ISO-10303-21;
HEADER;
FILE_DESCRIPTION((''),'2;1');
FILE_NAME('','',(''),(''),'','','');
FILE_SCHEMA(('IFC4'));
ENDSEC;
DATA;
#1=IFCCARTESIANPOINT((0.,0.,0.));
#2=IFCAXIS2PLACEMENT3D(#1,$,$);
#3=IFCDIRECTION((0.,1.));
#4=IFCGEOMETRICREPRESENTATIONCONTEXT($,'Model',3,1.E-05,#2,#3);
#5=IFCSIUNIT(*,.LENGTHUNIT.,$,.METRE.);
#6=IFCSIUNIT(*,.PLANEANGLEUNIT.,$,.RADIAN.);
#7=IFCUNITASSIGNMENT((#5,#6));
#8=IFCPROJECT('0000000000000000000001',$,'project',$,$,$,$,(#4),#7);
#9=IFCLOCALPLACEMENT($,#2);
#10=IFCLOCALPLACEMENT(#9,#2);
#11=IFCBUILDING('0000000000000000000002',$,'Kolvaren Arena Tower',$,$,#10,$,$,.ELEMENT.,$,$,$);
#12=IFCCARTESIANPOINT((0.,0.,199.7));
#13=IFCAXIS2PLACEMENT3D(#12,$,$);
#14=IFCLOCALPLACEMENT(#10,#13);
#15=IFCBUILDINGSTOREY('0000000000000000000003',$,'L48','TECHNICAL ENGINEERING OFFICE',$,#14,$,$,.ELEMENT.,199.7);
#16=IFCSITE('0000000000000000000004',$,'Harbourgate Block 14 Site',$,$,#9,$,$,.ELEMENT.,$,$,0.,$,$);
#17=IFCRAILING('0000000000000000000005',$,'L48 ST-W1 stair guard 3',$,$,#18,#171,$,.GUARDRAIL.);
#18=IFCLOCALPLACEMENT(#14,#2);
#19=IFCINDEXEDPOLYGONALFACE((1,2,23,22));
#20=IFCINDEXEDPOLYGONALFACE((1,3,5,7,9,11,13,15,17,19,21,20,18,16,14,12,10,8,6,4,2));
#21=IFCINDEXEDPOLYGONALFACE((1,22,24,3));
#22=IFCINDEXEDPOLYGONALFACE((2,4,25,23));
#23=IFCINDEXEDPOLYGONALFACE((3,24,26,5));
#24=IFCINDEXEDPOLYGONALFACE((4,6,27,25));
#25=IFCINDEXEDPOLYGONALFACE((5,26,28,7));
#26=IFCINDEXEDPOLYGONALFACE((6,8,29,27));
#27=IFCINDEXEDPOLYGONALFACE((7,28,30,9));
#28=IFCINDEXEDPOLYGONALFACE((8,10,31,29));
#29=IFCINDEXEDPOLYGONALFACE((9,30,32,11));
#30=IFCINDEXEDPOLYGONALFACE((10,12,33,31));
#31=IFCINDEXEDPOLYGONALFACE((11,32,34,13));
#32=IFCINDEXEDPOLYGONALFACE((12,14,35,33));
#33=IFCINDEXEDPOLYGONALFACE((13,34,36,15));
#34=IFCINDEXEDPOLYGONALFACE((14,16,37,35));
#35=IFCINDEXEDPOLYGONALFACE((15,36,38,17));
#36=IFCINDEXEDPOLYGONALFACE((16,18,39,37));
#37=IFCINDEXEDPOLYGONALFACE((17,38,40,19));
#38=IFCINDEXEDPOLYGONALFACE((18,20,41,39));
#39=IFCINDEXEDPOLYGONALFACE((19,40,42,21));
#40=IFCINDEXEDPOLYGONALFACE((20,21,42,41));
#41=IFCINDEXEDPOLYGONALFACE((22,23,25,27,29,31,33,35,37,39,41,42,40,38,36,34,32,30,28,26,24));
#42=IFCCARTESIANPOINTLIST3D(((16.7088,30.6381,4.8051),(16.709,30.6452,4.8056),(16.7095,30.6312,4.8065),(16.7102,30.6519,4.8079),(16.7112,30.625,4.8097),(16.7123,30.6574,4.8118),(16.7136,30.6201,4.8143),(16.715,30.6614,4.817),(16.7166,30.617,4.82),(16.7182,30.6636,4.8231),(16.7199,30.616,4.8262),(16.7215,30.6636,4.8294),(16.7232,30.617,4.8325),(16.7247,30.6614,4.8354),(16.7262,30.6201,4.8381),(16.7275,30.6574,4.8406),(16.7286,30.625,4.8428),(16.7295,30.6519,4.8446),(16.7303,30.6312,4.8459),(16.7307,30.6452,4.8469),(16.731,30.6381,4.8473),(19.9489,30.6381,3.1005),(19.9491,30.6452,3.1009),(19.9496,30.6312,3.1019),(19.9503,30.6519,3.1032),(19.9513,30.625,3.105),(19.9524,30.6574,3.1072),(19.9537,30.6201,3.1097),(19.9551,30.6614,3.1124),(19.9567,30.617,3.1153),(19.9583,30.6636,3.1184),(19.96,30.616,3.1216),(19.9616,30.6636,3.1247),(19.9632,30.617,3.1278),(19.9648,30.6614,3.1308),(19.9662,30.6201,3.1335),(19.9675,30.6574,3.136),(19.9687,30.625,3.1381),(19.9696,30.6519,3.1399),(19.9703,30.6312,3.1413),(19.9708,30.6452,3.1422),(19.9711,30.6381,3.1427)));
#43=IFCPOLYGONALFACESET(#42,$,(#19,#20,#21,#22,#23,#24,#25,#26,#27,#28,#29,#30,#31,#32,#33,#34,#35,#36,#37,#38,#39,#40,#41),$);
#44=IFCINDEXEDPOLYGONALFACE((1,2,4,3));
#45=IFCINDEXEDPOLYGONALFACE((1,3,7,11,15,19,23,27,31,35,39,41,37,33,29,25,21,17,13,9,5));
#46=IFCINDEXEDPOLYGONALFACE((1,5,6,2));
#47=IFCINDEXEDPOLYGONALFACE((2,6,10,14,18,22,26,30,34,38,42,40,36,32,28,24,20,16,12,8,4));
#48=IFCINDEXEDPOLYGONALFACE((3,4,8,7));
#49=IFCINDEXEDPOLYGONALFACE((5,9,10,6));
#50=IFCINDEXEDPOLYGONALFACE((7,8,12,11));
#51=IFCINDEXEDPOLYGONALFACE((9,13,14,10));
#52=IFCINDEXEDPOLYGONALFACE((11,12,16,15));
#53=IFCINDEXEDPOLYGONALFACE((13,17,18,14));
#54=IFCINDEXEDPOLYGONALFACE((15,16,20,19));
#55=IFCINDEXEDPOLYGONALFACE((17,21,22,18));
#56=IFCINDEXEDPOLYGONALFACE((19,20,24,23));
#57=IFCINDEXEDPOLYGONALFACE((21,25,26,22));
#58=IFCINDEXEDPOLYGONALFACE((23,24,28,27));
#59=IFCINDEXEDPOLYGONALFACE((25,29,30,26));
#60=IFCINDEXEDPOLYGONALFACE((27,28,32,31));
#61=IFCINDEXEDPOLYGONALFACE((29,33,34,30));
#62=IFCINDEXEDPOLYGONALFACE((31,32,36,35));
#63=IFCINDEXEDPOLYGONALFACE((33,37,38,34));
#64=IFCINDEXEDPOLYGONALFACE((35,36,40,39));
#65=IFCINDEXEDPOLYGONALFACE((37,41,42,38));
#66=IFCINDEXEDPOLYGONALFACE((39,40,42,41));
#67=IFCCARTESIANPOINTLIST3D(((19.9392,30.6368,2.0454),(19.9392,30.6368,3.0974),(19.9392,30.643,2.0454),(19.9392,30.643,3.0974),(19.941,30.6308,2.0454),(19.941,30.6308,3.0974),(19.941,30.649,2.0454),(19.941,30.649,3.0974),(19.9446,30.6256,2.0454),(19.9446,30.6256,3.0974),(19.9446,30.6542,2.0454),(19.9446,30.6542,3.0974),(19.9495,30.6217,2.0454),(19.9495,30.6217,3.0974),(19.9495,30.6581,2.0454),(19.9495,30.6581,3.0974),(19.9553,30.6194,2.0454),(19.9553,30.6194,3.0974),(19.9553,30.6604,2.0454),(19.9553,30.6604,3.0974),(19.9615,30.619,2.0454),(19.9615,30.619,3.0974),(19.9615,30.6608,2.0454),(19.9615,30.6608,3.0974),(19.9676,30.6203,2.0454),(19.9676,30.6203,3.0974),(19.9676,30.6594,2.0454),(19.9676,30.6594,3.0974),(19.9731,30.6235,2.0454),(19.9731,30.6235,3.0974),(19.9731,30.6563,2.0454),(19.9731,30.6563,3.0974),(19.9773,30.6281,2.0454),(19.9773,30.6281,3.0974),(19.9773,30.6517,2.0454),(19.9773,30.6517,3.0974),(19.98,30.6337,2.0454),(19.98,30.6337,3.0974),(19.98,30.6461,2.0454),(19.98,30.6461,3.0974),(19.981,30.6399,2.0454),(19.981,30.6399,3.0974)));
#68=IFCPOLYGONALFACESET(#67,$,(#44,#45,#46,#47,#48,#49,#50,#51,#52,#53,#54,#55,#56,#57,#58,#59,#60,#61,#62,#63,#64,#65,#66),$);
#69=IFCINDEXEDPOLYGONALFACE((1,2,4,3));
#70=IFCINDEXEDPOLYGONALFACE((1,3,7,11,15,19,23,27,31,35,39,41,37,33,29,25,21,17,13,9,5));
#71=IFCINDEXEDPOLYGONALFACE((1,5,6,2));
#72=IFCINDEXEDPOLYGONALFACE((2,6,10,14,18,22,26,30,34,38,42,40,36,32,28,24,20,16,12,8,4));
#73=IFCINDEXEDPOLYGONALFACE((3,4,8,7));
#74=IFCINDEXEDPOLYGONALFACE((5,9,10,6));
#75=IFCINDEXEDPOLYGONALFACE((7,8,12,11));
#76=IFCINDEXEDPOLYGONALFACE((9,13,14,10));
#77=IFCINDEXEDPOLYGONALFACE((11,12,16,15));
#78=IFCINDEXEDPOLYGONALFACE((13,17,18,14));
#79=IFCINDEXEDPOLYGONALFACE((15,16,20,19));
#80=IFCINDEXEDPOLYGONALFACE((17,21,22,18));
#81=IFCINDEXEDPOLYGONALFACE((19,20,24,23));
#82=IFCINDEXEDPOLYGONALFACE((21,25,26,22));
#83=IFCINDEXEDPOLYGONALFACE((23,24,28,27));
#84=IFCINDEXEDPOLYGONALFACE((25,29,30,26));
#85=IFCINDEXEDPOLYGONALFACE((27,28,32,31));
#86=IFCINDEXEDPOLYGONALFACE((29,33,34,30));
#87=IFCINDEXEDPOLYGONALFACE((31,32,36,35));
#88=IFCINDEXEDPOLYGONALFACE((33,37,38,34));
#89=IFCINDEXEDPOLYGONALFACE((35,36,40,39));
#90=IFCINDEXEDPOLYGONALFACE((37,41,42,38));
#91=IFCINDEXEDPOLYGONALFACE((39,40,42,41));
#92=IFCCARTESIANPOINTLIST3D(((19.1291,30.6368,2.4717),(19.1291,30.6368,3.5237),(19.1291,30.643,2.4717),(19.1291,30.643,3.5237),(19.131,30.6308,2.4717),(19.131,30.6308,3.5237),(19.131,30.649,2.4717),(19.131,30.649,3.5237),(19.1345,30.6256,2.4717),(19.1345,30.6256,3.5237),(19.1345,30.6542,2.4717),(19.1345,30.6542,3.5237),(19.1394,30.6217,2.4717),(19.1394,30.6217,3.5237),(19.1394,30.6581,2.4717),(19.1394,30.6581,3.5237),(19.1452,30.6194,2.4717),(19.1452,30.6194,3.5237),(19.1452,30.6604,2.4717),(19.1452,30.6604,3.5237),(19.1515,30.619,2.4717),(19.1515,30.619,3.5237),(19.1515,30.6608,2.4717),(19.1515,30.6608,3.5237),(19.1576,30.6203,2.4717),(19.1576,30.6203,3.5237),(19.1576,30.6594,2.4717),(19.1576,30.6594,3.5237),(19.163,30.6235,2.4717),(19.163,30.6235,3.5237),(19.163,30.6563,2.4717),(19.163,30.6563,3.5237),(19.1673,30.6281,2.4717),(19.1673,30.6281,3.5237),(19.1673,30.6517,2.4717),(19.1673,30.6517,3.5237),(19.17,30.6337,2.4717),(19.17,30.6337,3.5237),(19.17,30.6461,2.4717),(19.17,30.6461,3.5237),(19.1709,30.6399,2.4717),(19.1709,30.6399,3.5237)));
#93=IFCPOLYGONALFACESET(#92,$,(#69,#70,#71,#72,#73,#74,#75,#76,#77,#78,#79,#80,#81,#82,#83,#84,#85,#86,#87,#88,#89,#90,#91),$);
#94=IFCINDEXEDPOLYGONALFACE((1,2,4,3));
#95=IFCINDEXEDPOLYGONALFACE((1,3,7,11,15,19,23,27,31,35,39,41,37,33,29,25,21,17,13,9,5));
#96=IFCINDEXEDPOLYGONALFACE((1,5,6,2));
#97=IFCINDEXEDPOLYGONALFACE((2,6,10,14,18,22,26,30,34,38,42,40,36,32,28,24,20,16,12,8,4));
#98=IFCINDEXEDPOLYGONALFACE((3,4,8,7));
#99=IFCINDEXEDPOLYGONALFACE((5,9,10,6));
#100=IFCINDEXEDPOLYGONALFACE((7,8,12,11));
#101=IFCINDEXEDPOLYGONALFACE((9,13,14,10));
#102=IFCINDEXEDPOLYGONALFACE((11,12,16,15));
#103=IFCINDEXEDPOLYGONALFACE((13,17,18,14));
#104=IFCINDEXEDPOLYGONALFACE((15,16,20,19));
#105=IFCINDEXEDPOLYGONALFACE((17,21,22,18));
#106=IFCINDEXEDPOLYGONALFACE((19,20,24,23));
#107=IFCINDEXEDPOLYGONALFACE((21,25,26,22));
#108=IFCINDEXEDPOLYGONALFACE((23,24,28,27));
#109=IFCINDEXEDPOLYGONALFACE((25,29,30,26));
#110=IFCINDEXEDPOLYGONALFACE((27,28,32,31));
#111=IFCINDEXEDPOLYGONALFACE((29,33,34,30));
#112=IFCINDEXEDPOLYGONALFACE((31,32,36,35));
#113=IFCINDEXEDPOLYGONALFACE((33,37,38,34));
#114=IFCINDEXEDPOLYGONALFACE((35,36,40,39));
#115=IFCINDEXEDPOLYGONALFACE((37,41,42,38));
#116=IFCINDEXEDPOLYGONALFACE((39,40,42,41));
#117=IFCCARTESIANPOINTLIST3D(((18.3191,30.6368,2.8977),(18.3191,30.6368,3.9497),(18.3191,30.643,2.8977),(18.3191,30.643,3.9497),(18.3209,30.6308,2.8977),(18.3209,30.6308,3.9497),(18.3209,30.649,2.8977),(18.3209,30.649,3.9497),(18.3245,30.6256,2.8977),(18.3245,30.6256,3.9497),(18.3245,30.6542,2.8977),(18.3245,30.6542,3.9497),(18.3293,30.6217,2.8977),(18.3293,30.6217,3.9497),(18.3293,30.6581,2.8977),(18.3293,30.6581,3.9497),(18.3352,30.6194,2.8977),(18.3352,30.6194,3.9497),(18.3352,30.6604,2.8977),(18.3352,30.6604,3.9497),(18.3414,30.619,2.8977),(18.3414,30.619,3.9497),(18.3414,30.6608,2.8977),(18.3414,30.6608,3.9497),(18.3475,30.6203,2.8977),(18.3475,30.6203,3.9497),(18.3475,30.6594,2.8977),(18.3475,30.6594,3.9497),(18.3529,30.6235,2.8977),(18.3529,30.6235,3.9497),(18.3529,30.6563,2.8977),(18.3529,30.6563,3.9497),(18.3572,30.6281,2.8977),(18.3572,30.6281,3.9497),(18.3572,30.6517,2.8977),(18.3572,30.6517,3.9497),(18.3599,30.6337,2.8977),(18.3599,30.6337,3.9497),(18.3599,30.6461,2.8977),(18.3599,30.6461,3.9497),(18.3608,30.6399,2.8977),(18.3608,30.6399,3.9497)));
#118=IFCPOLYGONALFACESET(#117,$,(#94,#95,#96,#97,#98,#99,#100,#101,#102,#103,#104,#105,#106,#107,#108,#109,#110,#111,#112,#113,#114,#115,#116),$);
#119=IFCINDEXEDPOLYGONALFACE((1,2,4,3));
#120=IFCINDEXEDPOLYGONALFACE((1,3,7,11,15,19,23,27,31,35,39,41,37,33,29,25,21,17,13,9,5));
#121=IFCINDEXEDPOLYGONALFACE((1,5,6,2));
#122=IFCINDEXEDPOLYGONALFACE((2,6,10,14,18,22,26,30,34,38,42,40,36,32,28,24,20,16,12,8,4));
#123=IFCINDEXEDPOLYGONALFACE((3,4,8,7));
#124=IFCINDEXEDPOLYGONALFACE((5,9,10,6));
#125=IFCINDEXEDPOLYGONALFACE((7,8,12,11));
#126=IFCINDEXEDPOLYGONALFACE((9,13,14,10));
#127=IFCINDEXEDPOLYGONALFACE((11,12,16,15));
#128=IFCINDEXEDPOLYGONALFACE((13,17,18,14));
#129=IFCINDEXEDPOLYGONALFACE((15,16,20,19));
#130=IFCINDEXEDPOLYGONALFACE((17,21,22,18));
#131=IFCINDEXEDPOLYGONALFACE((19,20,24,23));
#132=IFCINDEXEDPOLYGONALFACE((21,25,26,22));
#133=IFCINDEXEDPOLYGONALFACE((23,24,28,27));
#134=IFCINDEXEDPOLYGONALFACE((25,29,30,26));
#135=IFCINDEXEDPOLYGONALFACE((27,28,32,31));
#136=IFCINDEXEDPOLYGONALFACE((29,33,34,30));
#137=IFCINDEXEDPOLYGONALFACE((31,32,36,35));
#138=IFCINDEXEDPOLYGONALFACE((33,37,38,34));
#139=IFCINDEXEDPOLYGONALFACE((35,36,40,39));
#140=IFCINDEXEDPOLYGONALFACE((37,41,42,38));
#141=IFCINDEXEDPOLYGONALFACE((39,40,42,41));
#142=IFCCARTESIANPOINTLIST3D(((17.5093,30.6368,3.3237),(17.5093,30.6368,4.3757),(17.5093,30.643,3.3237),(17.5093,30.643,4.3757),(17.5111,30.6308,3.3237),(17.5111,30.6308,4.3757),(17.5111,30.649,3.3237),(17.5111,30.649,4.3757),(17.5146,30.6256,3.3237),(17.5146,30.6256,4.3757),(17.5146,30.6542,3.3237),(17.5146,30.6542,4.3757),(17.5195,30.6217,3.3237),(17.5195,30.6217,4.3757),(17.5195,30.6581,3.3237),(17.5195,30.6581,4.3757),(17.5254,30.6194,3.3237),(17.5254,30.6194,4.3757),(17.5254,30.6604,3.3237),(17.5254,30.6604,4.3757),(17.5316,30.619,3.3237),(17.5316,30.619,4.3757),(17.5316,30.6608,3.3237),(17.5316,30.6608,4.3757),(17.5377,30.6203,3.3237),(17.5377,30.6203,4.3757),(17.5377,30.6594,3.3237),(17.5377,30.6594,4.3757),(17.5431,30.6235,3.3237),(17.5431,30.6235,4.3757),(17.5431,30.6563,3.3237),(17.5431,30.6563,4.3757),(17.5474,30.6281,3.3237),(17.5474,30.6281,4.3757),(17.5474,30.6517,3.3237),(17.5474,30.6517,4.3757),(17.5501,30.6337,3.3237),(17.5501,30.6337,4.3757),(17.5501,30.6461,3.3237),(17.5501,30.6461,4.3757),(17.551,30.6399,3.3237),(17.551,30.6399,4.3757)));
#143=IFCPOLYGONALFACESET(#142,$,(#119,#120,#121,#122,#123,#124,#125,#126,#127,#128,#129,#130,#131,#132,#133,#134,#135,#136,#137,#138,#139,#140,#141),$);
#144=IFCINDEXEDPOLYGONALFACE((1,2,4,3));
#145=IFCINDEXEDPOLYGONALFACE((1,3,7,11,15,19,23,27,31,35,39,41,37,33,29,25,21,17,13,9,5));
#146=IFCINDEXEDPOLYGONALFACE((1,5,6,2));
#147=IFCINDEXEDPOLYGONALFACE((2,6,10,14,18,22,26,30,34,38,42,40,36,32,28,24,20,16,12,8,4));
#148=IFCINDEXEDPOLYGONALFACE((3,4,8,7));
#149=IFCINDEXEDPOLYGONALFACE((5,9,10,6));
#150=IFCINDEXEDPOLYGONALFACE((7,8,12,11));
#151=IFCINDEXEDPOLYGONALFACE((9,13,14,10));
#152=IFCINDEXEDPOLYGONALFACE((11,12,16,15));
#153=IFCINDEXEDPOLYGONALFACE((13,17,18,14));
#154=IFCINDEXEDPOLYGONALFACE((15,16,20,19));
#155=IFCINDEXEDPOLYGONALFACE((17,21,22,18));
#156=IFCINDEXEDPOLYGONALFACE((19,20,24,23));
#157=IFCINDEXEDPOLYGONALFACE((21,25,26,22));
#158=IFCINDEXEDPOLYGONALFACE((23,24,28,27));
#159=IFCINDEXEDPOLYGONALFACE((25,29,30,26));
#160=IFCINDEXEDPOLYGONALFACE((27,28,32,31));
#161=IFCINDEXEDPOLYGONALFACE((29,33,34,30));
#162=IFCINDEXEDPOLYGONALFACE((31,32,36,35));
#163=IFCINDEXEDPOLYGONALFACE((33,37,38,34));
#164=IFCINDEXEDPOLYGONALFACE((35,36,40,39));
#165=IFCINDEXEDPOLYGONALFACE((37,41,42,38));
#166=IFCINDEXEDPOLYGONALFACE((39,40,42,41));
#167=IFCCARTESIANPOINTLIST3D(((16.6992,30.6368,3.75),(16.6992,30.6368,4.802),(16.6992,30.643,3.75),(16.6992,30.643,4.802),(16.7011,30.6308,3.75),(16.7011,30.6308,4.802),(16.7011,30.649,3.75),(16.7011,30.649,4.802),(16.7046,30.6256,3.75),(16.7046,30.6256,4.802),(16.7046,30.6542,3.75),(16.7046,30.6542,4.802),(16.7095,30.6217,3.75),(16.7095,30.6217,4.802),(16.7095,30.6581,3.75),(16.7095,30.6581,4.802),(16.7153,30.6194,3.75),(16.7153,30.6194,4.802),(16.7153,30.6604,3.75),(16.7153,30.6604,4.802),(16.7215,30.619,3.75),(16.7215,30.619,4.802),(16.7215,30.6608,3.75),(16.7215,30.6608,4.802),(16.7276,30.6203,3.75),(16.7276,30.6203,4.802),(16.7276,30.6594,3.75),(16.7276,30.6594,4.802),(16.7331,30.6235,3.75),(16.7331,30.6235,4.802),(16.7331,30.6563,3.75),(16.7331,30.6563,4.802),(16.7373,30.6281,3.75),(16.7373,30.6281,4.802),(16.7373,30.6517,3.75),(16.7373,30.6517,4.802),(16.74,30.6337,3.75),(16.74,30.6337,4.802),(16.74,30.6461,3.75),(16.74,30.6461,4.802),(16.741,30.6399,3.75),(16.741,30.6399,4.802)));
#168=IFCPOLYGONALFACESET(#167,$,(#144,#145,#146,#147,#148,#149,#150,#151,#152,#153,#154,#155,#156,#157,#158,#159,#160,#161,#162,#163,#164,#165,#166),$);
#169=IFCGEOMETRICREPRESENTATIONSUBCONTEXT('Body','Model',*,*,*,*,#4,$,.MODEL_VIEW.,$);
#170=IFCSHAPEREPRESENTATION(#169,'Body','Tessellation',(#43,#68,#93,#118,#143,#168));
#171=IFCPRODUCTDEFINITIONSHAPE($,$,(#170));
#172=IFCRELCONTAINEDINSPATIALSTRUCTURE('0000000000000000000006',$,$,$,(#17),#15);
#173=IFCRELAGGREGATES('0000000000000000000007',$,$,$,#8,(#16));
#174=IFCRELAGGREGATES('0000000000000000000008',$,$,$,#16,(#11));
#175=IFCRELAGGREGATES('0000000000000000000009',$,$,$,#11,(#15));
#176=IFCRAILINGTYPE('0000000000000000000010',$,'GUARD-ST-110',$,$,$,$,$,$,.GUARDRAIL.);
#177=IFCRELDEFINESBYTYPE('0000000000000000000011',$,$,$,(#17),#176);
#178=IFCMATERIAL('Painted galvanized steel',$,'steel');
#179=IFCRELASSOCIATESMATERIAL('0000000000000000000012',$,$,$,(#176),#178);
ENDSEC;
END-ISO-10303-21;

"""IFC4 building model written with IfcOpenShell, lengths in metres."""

from ifc_helpers import new_model, si_unit, direction, frame, origin, origin_2d, place, context, subcontext, project, spatial, circle, extrude, material, type_object, element, save


model = new_model("IFC4")

# Units and contexts
model_context = context("Model", 3, precision=1e-05, world=origin(), true_north=direction((0.0, 1.0)))
body_context = subcontext(model_context, "Body", "Model", "MODEL_VIEW")
ifc_project = project(units=[si_unit("LENGTHUNIT", "METRE"), si_unit("PLANEANGLEUNIT", "RADIAN")], contexts=[model_context])

# Site, building, storey
site_placement = place(None, origin())
site = spatial("IfcSite", under=ifc_project, at=site_placement, Name="Harbourgate Block 14 Site", CompositionType="ELEMENT", RefElevation=0.0)
building_placement = place(site_placement, origin())
building = spatial("IfcBuilding", under=site, at=building_placement, Name="Kolvaren Arena Tower", CompositionType="ELEMENT")
storey_placement = place(building_placement, frame((0.0, 0.0, 199.7)))
storey = spatial("IfcBuildingStorey", under=building, at=storey_placement, Name="L48", Description="TECHNICAL ENGINEERING OFFICE", CompositionType="ELEMENT", Elevation=199.7)

# Railing
ifc_material_1 = material(Name="Painted galvanized steel", Category="steel")
railing_type_1 = type_object("IfcRailingType", Name="GUARD-ST-110", PredefinedType="GUARDRAIL", material=ifc_material_1)
railing_1_placement = place(storey_placement, frame((19.96, 30.6399, 2.0454)))
element("IfcRailing", 1, at=railing_1_placement, inside=storey, type_object=railing_type_1, Name="L48 ST-W1 stair guard 3", PredefinedType="GUARDRAIL", context=body_context, shape_type="SweptSolid", body=[
    extrude(circle(Radius=0.0239, at=origin_2d()), frame((0.0, 0.0, 1.0762), z_axis=(-0.884993, 0.0, 0.465604), x_axis=(0.0, -1.0, 0.0)), (0.0, 0.0, 1.0), 3.6611),
    extrude(circle(Radius=0.021, at=origin_2d()), origin(), (0.0, 0.0, 1.0), 1.052),
    extrude(circle(Radius=0.021, at=origin_2d()), frame((-0.8101, 0.0, 0.4263)), (0.0, 0.0, 1.0), 1.052),
    extrude(circle(Radius=0.021, at=origin_2d()), frame((-1.6201, 0.0, 0.8523)), (0.0, 0.0, 1.0), 1.052),
    extrude(circle(Radius=0.021, at=origin_2d()), frame((-2.4299, 0.0, 1.2783)), (0.0, 0.0, 1.0), 1.052),
    extrude(circle(Radius=0.021, at=origin_2d()), frame((-3.24, 0.0, 1.7046)), (0.0, 0.0, 1.0), 1.052),
])

save(model, "model.ifc")
